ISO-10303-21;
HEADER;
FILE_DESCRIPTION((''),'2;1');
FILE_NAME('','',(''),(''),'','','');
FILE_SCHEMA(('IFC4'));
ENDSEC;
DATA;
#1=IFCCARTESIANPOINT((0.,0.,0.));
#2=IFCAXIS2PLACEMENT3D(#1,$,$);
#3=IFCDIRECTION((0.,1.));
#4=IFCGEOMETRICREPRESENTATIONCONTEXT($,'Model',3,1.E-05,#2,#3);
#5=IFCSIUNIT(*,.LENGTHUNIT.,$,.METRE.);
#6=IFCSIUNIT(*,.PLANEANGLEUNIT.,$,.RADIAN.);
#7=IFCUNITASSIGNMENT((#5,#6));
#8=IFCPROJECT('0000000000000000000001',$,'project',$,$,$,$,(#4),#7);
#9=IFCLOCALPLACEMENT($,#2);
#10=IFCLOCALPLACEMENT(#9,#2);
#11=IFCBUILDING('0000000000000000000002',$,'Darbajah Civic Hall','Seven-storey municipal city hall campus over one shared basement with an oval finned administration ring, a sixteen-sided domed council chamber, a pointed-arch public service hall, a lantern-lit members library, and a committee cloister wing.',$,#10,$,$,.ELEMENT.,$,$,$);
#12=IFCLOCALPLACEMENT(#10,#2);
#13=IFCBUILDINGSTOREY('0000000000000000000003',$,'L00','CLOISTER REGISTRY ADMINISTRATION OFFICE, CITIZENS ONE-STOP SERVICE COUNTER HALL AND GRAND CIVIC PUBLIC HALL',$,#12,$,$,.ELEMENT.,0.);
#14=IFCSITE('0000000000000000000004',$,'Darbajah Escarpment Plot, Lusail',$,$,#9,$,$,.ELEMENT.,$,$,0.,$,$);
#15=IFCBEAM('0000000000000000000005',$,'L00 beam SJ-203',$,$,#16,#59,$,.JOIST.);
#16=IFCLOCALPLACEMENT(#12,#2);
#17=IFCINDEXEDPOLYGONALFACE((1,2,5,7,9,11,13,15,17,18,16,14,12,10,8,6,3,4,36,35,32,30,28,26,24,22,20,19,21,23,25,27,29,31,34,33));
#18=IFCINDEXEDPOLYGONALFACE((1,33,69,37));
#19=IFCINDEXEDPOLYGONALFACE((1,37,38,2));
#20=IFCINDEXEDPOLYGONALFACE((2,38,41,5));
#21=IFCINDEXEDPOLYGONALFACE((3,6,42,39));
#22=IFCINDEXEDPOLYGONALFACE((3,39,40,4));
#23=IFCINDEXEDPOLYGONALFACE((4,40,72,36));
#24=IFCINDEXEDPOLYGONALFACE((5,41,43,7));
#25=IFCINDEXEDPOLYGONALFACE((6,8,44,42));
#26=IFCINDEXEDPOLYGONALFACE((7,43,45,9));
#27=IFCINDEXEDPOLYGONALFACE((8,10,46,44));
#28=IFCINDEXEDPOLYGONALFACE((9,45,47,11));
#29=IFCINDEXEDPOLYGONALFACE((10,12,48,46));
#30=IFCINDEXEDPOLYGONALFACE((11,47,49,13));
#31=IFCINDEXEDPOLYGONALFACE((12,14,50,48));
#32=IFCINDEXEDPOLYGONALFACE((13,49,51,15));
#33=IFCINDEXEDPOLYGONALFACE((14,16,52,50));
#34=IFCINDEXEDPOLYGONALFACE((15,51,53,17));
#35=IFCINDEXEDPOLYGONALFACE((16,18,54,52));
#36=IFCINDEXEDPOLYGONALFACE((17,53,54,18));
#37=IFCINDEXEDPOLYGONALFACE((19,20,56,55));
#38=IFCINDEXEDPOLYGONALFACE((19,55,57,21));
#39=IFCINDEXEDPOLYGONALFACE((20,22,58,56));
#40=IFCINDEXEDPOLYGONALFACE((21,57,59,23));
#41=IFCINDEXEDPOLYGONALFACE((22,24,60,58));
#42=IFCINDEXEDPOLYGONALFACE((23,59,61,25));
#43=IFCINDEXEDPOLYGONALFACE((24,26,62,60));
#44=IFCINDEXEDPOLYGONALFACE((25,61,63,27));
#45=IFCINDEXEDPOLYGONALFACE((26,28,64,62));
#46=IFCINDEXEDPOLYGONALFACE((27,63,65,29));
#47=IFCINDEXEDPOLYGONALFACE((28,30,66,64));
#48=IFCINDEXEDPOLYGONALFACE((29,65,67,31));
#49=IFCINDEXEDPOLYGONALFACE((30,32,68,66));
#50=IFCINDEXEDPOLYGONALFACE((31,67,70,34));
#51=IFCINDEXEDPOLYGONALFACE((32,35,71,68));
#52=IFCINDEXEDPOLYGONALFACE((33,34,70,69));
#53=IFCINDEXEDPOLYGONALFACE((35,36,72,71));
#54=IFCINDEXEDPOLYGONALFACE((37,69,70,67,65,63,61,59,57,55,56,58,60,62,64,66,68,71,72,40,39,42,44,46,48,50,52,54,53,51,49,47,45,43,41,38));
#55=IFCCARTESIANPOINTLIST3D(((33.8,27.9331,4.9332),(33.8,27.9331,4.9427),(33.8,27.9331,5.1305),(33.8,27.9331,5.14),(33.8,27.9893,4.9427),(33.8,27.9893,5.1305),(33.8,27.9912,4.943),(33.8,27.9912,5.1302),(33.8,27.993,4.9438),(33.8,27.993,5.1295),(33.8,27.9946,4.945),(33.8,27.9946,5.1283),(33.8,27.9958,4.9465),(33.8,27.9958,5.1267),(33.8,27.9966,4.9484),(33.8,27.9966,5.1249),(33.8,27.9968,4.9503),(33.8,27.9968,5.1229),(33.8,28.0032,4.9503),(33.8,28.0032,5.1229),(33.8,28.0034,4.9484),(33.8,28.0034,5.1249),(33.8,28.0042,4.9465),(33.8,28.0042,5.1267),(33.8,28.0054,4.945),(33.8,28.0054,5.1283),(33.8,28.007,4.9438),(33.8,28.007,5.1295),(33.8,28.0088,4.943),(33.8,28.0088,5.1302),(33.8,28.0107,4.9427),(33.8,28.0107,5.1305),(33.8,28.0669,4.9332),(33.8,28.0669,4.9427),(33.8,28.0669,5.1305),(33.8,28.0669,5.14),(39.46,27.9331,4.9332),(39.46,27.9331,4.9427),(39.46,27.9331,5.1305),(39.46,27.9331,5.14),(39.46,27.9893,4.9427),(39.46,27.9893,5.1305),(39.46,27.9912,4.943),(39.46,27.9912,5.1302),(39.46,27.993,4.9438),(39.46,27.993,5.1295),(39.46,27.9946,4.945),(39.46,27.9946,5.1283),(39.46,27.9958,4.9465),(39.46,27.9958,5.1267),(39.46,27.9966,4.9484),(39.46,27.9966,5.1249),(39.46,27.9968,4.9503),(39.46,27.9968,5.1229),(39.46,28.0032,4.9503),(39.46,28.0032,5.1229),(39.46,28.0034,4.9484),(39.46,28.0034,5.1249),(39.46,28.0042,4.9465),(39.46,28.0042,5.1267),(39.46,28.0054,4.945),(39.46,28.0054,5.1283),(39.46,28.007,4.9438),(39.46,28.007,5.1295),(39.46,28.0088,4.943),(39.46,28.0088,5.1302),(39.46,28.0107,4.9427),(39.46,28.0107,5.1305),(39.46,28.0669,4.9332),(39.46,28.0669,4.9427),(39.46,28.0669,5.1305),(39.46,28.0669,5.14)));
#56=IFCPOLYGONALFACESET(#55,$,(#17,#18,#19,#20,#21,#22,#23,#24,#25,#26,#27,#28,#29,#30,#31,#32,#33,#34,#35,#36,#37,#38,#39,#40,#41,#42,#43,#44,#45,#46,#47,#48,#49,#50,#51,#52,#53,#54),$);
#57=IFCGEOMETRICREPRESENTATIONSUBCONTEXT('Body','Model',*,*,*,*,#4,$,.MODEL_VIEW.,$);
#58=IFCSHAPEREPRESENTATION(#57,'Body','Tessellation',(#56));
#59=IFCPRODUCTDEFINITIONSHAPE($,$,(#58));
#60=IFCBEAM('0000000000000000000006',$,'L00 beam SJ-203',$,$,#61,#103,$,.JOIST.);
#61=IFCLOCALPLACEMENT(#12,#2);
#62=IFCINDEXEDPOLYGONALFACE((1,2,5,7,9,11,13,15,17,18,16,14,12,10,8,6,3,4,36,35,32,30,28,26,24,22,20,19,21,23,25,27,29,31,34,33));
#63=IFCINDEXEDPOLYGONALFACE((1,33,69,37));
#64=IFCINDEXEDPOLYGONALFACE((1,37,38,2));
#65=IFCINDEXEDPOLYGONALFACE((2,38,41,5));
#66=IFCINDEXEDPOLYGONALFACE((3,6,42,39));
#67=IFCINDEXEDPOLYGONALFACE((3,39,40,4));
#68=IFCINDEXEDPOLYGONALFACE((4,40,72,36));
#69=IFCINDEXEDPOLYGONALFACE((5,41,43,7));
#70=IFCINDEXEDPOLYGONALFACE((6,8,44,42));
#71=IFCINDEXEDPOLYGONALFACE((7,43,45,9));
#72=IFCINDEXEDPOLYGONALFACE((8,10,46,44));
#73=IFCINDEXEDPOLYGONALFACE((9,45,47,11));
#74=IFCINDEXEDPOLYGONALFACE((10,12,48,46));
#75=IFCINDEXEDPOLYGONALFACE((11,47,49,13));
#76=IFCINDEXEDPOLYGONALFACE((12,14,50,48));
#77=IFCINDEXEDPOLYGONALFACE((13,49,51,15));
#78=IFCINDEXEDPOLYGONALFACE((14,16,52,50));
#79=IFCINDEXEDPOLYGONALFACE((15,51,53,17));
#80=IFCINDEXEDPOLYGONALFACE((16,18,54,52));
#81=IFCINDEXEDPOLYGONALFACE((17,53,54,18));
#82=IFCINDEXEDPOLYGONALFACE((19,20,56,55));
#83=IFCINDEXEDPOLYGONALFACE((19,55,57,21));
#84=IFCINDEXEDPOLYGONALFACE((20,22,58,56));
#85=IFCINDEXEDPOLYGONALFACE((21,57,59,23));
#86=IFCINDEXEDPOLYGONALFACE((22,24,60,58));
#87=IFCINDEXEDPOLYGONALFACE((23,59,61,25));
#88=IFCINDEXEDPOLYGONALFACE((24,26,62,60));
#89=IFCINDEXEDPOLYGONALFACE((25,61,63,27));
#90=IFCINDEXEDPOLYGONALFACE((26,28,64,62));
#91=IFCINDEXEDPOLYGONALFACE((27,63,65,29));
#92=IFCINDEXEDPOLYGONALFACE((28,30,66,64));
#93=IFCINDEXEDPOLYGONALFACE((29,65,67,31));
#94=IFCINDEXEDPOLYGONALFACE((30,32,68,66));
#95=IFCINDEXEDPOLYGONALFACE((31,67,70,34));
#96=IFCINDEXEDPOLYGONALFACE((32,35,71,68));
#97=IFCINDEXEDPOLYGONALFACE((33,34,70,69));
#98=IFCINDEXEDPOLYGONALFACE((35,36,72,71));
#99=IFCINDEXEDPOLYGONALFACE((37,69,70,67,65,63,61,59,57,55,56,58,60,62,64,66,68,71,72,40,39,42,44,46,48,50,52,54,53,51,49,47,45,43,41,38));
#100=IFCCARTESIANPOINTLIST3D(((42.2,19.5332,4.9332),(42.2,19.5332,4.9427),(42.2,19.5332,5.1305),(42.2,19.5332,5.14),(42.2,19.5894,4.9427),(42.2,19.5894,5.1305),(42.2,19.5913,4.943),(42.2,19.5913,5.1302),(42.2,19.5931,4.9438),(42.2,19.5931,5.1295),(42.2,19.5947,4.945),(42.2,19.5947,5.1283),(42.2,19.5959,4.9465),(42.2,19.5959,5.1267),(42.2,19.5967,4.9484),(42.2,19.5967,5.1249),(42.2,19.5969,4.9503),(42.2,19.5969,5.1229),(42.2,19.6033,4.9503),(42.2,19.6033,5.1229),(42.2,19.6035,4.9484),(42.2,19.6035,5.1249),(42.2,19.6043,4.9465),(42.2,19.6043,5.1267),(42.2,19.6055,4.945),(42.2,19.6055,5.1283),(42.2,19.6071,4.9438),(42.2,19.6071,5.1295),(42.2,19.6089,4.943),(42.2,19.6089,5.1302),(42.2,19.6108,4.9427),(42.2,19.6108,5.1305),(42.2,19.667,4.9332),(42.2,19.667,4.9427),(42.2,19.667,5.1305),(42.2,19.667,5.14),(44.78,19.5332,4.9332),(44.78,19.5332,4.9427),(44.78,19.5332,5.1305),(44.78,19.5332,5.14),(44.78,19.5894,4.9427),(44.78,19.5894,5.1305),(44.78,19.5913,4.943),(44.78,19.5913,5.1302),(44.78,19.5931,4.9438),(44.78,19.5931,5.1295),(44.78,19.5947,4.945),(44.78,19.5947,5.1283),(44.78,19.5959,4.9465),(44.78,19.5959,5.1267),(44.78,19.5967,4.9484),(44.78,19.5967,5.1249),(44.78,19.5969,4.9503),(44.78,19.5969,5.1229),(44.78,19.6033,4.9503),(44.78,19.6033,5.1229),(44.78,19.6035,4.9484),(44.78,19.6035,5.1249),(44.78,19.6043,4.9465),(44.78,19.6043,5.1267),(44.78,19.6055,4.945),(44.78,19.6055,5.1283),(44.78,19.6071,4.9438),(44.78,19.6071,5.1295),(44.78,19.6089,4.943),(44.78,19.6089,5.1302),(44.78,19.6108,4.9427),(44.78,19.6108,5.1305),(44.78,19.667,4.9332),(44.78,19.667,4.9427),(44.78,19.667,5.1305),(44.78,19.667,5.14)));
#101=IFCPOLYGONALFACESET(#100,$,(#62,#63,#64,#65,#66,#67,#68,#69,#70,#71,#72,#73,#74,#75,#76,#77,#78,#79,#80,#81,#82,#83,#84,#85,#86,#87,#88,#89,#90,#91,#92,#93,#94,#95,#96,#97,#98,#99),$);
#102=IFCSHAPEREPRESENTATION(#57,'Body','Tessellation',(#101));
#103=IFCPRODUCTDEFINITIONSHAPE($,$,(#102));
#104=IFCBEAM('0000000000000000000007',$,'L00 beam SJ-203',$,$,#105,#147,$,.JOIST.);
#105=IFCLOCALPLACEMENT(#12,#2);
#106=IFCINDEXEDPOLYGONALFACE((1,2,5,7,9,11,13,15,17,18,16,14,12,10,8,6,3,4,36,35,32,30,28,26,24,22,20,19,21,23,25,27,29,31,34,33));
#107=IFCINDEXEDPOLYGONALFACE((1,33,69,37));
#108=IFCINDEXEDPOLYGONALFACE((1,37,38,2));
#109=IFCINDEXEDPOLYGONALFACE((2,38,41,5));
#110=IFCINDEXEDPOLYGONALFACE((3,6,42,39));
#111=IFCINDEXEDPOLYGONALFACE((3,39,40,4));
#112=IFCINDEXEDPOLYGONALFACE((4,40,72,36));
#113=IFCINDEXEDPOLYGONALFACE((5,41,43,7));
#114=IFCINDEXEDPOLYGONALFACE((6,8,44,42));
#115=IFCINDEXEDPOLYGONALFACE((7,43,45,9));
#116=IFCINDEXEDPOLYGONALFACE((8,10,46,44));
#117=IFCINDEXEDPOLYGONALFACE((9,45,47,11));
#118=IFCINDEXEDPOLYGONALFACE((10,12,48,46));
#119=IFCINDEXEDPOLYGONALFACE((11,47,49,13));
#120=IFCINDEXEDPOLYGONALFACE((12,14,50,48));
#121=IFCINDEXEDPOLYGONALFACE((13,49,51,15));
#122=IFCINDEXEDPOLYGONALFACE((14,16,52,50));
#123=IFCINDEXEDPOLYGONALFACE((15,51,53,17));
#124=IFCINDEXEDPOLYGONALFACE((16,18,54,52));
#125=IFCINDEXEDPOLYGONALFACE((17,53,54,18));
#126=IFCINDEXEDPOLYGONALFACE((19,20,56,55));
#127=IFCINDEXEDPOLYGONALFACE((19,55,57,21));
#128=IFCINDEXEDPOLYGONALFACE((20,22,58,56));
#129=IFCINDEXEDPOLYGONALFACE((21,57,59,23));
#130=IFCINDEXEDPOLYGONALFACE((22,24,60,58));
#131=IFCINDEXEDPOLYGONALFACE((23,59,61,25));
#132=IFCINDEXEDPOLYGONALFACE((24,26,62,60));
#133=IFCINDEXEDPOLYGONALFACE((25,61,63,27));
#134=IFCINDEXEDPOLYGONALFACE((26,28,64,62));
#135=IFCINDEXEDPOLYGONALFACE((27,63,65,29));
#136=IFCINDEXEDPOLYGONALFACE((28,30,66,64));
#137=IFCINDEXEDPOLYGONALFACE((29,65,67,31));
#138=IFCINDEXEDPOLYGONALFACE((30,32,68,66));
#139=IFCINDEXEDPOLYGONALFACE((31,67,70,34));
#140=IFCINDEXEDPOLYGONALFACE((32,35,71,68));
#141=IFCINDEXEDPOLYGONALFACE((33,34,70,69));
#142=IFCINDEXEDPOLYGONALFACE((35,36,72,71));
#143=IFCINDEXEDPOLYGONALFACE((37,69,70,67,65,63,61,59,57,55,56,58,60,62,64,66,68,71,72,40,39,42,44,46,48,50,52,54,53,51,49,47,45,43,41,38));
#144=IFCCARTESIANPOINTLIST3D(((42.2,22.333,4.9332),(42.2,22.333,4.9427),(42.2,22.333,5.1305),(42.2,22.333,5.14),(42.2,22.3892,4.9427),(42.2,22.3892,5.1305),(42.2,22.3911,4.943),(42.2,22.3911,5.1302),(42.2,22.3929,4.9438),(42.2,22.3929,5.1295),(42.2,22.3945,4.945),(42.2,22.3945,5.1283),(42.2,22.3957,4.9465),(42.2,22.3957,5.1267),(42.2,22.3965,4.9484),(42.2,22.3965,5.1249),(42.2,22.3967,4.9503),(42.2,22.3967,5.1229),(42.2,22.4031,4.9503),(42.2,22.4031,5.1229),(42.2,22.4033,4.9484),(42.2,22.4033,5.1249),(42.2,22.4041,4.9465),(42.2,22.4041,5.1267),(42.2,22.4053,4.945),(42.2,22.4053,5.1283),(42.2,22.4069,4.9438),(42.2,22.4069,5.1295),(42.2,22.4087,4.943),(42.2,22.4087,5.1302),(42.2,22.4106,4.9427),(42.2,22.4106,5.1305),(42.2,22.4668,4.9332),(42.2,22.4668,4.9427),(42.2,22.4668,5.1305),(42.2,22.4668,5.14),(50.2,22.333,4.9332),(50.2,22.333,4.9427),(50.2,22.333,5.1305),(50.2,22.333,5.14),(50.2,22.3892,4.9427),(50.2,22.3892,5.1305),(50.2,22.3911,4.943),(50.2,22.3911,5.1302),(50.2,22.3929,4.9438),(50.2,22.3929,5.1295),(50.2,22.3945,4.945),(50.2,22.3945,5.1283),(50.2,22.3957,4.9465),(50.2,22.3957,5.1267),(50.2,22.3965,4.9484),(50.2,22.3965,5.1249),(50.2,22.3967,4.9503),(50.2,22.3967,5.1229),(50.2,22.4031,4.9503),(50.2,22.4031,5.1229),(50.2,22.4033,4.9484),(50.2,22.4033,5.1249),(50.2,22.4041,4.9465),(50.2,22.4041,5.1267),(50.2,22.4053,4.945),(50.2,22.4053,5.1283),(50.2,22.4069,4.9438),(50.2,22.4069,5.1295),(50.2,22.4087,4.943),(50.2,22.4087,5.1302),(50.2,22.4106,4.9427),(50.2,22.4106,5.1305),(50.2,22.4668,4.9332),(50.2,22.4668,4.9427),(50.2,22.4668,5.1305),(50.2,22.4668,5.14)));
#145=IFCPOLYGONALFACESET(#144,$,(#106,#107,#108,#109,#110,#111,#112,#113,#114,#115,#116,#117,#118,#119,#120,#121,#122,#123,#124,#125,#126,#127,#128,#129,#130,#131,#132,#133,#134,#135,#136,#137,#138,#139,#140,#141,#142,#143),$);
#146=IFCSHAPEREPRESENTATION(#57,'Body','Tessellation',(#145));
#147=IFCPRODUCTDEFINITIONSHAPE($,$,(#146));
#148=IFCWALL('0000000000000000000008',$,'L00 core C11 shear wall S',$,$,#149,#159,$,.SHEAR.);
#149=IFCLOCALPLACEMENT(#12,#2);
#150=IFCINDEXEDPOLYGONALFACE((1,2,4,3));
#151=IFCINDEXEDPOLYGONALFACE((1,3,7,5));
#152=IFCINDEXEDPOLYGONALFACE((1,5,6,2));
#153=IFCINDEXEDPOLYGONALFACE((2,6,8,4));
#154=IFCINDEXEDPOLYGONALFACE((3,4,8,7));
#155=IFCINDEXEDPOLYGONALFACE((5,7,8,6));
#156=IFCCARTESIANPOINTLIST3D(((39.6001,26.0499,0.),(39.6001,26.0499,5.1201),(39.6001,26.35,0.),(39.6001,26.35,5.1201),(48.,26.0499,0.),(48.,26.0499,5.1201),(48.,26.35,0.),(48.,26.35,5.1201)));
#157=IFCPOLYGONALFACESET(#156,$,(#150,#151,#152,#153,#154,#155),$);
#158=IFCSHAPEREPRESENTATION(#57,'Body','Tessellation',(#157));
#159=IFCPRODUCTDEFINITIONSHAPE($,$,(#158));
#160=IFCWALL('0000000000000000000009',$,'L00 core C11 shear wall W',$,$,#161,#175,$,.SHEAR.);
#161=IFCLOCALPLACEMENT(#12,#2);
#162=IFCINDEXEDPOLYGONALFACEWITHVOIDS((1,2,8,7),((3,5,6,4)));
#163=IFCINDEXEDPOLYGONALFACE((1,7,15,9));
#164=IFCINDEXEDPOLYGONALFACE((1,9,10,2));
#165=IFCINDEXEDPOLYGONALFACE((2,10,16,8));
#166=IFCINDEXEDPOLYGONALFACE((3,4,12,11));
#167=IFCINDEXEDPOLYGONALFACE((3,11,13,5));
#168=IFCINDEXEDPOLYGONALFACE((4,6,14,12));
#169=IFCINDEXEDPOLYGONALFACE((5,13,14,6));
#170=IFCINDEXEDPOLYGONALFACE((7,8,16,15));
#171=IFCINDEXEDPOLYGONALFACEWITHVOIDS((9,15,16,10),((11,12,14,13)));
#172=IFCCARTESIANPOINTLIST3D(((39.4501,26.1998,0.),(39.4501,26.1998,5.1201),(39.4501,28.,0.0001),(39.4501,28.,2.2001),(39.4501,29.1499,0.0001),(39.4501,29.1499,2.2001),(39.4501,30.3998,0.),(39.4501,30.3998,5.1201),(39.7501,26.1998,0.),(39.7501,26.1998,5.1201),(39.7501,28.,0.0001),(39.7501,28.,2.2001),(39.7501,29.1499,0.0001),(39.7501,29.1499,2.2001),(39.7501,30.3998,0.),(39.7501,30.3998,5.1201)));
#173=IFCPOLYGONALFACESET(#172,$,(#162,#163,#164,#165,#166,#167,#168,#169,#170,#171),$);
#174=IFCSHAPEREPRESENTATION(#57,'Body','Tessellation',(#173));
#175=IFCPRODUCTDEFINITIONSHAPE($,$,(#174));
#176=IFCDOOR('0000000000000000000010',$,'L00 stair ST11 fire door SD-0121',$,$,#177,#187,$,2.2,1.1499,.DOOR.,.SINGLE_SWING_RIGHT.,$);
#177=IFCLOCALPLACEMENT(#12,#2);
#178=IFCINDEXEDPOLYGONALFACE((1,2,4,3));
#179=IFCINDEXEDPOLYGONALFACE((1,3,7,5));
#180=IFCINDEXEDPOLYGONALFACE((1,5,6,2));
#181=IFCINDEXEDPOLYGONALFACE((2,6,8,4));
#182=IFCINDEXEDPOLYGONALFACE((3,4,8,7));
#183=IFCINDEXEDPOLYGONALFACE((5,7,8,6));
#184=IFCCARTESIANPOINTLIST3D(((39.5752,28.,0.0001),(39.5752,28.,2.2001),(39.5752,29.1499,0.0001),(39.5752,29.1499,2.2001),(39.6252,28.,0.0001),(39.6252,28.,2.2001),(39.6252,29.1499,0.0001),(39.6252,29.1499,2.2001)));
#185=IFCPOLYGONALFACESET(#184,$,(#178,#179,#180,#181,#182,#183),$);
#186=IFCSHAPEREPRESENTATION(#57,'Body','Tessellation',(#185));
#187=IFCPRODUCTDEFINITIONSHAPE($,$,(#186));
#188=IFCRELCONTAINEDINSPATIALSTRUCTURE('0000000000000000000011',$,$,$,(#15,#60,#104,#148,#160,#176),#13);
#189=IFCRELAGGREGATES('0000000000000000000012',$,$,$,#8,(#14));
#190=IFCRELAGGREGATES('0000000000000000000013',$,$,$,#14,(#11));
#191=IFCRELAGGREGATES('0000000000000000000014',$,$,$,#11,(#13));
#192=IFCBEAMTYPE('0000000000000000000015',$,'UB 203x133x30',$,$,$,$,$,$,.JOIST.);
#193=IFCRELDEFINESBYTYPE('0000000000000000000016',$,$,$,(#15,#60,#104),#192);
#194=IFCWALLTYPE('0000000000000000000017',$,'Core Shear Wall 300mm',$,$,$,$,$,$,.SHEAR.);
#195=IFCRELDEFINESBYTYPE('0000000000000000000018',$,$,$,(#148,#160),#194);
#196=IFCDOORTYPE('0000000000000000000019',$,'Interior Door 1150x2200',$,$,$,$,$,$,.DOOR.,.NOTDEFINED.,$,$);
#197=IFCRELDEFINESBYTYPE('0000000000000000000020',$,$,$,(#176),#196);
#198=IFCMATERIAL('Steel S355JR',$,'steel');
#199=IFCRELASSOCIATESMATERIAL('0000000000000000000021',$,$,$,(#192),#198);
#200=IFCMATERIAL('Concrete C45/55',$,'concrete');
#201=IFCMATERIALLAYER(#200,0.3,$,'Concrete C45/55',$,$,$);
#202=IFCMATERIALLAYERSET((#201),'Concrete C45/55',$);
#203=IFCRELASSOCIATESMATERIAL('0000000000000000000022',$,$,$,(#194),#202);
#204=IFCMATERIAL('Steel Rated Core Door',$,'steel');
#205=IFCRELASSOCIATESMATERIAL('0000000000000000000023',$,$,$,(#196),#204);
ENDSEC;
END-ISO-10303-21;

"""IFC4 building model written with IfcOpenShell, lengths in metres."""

from ifc_helpers import new_model, si_unit, direction, frame, frame_2d, origin, origin_2d, place, context, subcontext, project, spatial, rectangle, i_section, extrude, material, layer, layer_set, material_profile, profile_set, type_object, element, fill, save


model = new_model("IFC4")

# Units and contexts
model_context = context("Model", 3, precision=1e-05, world=origin(), true_north=direction((0.0, 1.0)))
body_context = subcontext(model_context, "Body", "Model", "MODEL_VIEW")
ifc_project = project(units=[si_unit("LENGTHUNIT", "METRE"), si_unit("PLANEANGLEUNIT", "RADIAN")], contexts=[model_context])

# Site, building, storey
site_placement = place(None, origin())
site = spatial("IfcSite", under=ifc_project, at=site_placement, Name="Darbajah Escarpment Plot, Lusail", CompositionType="ELEMENT", RefElevation=0.0)
building_placement = place(site_placement, origin())
building = spatial("IfcBuilding", under=site, at=building_placement, Name="Darbajah Civic Hall", Description="Seven-storey municipal city hall campus over one shared basement with an oval finned administration ring, a sixteen-sided domed council chamber, a pointed-arch public service hall, a lantern-lit members library, and a committee cloister wing.", CompositionType="ELEMENT")
storey_placement = place(building_placement, origin())
storey = spatial("IfcBuildingStorey", under=building, at=storey_placement, Name="L00", Description="CLOISTER REGISTRY ADMINISTRATION OFFICE, CITIZENS ONE-STOP SERVICE COUNTER HALL AND GRAND CIVIC PUBLIC HALL", CompositionType="ELEMENT", Elevation=0.0)

# Beams
ifc_material_1 = material(Name="Concrete C45/55", Category="concrete")
ifc_material_2 = material(Name="Steel S355JR", Category="steel")
ifc_material_profile_1 = material_profile(ifc_material_2, i_section(OverallWidth=0.1338, OverallDepth=0.2068, WebThickness=0.0063, FlangeThickness=0.0095, FilletRadius=0.0076, at=origin_2d()), Name="UB 203x133x30")
ifc_profile_set_1 = profile_set([ifc_material_profile_1], Name="Steel S355JR")
beam_type_1 = type_object("IfcBeamType", Name="UB 203x133x30", PredefinedType="JOIST", material=ifc_profile_set_1)
beam_1_placement = place(storey_placement, frame((33.8, 28.0, 5.0366), z_axis=(1.0, 0.0, 0.0), x_axis=(0.0, 1.0, 0.0)))
element("IfcBeam", 1, at=beam_1_placement, inside=storey, type_object=beam_type_1, Name="L00 beam SJ-203", PredefinedType="JOIST", context=body_context, shape_type="SweptSolid", body=[
    extrude(i_section(OverallWidth=0.1338, OverallDepth=0.2068, WebThickness=0.0063, FlangeThickness=0.0095, FilletRadius=0.0076, at=origin_2d()), origin(), (0.0, 0.0, 1.0), 5.6599),
])
beam_2_placement = place(storey_placement, frame((42.2, 19.6001, 5.0366), z_axis=(1.0, 0.0, 0.0), x_axis=(0.0, 1.0, 0.0)))
element("IfcBeam", 2, at=beam_2_placement, inside=storey, type_object=beam_type_1, Name="L00 beam SJ-203", PredefinedType="JOIST", context=body_context, shape_type="SweptSolid", body=[
    extrude(i_section(OverallWidth=0.1338, OverallDepth=0.2068, WebThickness=0.0063, FlangeThickness=0.0095, FilletRadius=0.0076, at=origin_2d()), origin(), (0.0, 0.0, 1.0), 2.5801),
])
beam_3_placement = place(storey_placement, frame((42.2, 22.3999, 5.0366), z_axis=(1.0, 0.0, 0.0), x_axis=(0.0, 1.0, 0.0)))
element("IfcBeam", 3, at=beam_3_placement, inside=storey, type_object=beam_type_1, Name="L00 beam SJ-203", PredefinedType="JOIST", context=body_context, shape_type="SweptSolid", body=[
    extrude(i_section(OverallWidth=0.1338, OverallDepth=0.2068, WebThickness=0.0063, FlangeThickness=0.0095, FilletRadius=0.0076, at=origin_2d()), origin(), (0.0, 0.0, 1.0), 8.0),
])

# Wall
ifc_layer = layer(ifc_material_1, 0.3, Name="Concrete C45/55")
ifc_layer_set = layer_set([ifc_layer], Name="Concrete C45/55")
wall_type = type_object("IfcWallType", Name="Core Shear Wall 300mm", PredefinedType="SHEAR", material=ifc_layer_set)
wall_1_placement = place(storey_placement, frame((39.6001, 26.2, 0.0), z_axis=(0.0, 0.0, 1.0), x_axis=(1.0, 0.0, 0.0)))
element("IfcWall", 4, at=wall_1_placement, inside=storey, type_object=wall_type, Name="L00 core C11 shear wall S", PredefinedType="SHEAR", context=body_context, shape_type="SweptSolid", body=[
    extrude(rectangle(XDim=8.3999, YDim=0.3, at=frame_2d((4.2, 0.0))), origin(), (0.0, 0.0, 1.0), 5.1201),
])

# Wall, opening, door
wall_2_placement = place(storey_placement, frame((39.6001, 30.3999, 0.0), z_axis=(0.0, 0.0, 1.0), x_axis=(0.0, -1.0, 0.0)))
wall_2 = element("IfcWall", 5, at=wall_2_placement, inside=storey, type_object=wall_type, Name="L00 core C11 shear wall W", PredefinedType="SHEAR", context=body_context, shape_type="SweptSolid", body=[
    extrude(rectangle(XDim=4.2, YDim=0.3, at=frame_2d((2.1001, 0.0))), origin(), (0.0, 0.0, 1.0), 5.1201),
])
opening_placement = place(wall_2_placement, frame((1.25, 0.0, 0.0)))
opening = element("IfcOpeningElement", 6, at=opening_placement, cuts=wall_2, PredefinedType="OPENING", context=body_context, shape_type="SweptSolid", body=[
    extrude(rectangle(XDim=1.1499, YDim=2.2, at=frame_2d((0.575, 1.1001))), frame((0.0, 0.1599, 0.0), z_axis=(0.0, -1.0, 0.0), x_axis=(1.0, 0.0, 0.0)), (0.0, 0.0, 1.0), 0.3201),
])
ifc_material_3 = material(Name="Steel Rated Core Door", Category="steel")
door_type = type_object("IfcDoorType", Name="Interior Door 1150x2200", OperationType="NOTDEFINED", PredefinedType="DOOR", material=ifc_material_3)
door_placement = place(opening_placement, frame((1.1499, 0.0, 0.0), z_axis=(0.0, 0.0, 1.0), x_axis=(-1.0, 0.0, 0.0)))
door = element("IfcDoor", 7, at=door_placement, inside=storey, type_object=door_type, Name="L00 stair ST11 fire door SD-0121", OperationType="SINGLE_SWING_RIGHT", OverallHeight=2.2, OverallWidth=1.1499, PredefinedType="DOOR", context=body_context, shape_type="SweptSolid", body=[
    extrude(rectangle(XDim=1.1499, YDim=2.2, at=frame_2d((0.575, 1.1001))), frame((0.0, 0.0249, 0.0), z_axis=(0.0, -1.0, 0.0), x_axis=(1.0, 0.0, 0.0)), (0.0, 0.0, 1.0), 0.05),
])
fill(opening, door)

save(model, "model.ifc")
